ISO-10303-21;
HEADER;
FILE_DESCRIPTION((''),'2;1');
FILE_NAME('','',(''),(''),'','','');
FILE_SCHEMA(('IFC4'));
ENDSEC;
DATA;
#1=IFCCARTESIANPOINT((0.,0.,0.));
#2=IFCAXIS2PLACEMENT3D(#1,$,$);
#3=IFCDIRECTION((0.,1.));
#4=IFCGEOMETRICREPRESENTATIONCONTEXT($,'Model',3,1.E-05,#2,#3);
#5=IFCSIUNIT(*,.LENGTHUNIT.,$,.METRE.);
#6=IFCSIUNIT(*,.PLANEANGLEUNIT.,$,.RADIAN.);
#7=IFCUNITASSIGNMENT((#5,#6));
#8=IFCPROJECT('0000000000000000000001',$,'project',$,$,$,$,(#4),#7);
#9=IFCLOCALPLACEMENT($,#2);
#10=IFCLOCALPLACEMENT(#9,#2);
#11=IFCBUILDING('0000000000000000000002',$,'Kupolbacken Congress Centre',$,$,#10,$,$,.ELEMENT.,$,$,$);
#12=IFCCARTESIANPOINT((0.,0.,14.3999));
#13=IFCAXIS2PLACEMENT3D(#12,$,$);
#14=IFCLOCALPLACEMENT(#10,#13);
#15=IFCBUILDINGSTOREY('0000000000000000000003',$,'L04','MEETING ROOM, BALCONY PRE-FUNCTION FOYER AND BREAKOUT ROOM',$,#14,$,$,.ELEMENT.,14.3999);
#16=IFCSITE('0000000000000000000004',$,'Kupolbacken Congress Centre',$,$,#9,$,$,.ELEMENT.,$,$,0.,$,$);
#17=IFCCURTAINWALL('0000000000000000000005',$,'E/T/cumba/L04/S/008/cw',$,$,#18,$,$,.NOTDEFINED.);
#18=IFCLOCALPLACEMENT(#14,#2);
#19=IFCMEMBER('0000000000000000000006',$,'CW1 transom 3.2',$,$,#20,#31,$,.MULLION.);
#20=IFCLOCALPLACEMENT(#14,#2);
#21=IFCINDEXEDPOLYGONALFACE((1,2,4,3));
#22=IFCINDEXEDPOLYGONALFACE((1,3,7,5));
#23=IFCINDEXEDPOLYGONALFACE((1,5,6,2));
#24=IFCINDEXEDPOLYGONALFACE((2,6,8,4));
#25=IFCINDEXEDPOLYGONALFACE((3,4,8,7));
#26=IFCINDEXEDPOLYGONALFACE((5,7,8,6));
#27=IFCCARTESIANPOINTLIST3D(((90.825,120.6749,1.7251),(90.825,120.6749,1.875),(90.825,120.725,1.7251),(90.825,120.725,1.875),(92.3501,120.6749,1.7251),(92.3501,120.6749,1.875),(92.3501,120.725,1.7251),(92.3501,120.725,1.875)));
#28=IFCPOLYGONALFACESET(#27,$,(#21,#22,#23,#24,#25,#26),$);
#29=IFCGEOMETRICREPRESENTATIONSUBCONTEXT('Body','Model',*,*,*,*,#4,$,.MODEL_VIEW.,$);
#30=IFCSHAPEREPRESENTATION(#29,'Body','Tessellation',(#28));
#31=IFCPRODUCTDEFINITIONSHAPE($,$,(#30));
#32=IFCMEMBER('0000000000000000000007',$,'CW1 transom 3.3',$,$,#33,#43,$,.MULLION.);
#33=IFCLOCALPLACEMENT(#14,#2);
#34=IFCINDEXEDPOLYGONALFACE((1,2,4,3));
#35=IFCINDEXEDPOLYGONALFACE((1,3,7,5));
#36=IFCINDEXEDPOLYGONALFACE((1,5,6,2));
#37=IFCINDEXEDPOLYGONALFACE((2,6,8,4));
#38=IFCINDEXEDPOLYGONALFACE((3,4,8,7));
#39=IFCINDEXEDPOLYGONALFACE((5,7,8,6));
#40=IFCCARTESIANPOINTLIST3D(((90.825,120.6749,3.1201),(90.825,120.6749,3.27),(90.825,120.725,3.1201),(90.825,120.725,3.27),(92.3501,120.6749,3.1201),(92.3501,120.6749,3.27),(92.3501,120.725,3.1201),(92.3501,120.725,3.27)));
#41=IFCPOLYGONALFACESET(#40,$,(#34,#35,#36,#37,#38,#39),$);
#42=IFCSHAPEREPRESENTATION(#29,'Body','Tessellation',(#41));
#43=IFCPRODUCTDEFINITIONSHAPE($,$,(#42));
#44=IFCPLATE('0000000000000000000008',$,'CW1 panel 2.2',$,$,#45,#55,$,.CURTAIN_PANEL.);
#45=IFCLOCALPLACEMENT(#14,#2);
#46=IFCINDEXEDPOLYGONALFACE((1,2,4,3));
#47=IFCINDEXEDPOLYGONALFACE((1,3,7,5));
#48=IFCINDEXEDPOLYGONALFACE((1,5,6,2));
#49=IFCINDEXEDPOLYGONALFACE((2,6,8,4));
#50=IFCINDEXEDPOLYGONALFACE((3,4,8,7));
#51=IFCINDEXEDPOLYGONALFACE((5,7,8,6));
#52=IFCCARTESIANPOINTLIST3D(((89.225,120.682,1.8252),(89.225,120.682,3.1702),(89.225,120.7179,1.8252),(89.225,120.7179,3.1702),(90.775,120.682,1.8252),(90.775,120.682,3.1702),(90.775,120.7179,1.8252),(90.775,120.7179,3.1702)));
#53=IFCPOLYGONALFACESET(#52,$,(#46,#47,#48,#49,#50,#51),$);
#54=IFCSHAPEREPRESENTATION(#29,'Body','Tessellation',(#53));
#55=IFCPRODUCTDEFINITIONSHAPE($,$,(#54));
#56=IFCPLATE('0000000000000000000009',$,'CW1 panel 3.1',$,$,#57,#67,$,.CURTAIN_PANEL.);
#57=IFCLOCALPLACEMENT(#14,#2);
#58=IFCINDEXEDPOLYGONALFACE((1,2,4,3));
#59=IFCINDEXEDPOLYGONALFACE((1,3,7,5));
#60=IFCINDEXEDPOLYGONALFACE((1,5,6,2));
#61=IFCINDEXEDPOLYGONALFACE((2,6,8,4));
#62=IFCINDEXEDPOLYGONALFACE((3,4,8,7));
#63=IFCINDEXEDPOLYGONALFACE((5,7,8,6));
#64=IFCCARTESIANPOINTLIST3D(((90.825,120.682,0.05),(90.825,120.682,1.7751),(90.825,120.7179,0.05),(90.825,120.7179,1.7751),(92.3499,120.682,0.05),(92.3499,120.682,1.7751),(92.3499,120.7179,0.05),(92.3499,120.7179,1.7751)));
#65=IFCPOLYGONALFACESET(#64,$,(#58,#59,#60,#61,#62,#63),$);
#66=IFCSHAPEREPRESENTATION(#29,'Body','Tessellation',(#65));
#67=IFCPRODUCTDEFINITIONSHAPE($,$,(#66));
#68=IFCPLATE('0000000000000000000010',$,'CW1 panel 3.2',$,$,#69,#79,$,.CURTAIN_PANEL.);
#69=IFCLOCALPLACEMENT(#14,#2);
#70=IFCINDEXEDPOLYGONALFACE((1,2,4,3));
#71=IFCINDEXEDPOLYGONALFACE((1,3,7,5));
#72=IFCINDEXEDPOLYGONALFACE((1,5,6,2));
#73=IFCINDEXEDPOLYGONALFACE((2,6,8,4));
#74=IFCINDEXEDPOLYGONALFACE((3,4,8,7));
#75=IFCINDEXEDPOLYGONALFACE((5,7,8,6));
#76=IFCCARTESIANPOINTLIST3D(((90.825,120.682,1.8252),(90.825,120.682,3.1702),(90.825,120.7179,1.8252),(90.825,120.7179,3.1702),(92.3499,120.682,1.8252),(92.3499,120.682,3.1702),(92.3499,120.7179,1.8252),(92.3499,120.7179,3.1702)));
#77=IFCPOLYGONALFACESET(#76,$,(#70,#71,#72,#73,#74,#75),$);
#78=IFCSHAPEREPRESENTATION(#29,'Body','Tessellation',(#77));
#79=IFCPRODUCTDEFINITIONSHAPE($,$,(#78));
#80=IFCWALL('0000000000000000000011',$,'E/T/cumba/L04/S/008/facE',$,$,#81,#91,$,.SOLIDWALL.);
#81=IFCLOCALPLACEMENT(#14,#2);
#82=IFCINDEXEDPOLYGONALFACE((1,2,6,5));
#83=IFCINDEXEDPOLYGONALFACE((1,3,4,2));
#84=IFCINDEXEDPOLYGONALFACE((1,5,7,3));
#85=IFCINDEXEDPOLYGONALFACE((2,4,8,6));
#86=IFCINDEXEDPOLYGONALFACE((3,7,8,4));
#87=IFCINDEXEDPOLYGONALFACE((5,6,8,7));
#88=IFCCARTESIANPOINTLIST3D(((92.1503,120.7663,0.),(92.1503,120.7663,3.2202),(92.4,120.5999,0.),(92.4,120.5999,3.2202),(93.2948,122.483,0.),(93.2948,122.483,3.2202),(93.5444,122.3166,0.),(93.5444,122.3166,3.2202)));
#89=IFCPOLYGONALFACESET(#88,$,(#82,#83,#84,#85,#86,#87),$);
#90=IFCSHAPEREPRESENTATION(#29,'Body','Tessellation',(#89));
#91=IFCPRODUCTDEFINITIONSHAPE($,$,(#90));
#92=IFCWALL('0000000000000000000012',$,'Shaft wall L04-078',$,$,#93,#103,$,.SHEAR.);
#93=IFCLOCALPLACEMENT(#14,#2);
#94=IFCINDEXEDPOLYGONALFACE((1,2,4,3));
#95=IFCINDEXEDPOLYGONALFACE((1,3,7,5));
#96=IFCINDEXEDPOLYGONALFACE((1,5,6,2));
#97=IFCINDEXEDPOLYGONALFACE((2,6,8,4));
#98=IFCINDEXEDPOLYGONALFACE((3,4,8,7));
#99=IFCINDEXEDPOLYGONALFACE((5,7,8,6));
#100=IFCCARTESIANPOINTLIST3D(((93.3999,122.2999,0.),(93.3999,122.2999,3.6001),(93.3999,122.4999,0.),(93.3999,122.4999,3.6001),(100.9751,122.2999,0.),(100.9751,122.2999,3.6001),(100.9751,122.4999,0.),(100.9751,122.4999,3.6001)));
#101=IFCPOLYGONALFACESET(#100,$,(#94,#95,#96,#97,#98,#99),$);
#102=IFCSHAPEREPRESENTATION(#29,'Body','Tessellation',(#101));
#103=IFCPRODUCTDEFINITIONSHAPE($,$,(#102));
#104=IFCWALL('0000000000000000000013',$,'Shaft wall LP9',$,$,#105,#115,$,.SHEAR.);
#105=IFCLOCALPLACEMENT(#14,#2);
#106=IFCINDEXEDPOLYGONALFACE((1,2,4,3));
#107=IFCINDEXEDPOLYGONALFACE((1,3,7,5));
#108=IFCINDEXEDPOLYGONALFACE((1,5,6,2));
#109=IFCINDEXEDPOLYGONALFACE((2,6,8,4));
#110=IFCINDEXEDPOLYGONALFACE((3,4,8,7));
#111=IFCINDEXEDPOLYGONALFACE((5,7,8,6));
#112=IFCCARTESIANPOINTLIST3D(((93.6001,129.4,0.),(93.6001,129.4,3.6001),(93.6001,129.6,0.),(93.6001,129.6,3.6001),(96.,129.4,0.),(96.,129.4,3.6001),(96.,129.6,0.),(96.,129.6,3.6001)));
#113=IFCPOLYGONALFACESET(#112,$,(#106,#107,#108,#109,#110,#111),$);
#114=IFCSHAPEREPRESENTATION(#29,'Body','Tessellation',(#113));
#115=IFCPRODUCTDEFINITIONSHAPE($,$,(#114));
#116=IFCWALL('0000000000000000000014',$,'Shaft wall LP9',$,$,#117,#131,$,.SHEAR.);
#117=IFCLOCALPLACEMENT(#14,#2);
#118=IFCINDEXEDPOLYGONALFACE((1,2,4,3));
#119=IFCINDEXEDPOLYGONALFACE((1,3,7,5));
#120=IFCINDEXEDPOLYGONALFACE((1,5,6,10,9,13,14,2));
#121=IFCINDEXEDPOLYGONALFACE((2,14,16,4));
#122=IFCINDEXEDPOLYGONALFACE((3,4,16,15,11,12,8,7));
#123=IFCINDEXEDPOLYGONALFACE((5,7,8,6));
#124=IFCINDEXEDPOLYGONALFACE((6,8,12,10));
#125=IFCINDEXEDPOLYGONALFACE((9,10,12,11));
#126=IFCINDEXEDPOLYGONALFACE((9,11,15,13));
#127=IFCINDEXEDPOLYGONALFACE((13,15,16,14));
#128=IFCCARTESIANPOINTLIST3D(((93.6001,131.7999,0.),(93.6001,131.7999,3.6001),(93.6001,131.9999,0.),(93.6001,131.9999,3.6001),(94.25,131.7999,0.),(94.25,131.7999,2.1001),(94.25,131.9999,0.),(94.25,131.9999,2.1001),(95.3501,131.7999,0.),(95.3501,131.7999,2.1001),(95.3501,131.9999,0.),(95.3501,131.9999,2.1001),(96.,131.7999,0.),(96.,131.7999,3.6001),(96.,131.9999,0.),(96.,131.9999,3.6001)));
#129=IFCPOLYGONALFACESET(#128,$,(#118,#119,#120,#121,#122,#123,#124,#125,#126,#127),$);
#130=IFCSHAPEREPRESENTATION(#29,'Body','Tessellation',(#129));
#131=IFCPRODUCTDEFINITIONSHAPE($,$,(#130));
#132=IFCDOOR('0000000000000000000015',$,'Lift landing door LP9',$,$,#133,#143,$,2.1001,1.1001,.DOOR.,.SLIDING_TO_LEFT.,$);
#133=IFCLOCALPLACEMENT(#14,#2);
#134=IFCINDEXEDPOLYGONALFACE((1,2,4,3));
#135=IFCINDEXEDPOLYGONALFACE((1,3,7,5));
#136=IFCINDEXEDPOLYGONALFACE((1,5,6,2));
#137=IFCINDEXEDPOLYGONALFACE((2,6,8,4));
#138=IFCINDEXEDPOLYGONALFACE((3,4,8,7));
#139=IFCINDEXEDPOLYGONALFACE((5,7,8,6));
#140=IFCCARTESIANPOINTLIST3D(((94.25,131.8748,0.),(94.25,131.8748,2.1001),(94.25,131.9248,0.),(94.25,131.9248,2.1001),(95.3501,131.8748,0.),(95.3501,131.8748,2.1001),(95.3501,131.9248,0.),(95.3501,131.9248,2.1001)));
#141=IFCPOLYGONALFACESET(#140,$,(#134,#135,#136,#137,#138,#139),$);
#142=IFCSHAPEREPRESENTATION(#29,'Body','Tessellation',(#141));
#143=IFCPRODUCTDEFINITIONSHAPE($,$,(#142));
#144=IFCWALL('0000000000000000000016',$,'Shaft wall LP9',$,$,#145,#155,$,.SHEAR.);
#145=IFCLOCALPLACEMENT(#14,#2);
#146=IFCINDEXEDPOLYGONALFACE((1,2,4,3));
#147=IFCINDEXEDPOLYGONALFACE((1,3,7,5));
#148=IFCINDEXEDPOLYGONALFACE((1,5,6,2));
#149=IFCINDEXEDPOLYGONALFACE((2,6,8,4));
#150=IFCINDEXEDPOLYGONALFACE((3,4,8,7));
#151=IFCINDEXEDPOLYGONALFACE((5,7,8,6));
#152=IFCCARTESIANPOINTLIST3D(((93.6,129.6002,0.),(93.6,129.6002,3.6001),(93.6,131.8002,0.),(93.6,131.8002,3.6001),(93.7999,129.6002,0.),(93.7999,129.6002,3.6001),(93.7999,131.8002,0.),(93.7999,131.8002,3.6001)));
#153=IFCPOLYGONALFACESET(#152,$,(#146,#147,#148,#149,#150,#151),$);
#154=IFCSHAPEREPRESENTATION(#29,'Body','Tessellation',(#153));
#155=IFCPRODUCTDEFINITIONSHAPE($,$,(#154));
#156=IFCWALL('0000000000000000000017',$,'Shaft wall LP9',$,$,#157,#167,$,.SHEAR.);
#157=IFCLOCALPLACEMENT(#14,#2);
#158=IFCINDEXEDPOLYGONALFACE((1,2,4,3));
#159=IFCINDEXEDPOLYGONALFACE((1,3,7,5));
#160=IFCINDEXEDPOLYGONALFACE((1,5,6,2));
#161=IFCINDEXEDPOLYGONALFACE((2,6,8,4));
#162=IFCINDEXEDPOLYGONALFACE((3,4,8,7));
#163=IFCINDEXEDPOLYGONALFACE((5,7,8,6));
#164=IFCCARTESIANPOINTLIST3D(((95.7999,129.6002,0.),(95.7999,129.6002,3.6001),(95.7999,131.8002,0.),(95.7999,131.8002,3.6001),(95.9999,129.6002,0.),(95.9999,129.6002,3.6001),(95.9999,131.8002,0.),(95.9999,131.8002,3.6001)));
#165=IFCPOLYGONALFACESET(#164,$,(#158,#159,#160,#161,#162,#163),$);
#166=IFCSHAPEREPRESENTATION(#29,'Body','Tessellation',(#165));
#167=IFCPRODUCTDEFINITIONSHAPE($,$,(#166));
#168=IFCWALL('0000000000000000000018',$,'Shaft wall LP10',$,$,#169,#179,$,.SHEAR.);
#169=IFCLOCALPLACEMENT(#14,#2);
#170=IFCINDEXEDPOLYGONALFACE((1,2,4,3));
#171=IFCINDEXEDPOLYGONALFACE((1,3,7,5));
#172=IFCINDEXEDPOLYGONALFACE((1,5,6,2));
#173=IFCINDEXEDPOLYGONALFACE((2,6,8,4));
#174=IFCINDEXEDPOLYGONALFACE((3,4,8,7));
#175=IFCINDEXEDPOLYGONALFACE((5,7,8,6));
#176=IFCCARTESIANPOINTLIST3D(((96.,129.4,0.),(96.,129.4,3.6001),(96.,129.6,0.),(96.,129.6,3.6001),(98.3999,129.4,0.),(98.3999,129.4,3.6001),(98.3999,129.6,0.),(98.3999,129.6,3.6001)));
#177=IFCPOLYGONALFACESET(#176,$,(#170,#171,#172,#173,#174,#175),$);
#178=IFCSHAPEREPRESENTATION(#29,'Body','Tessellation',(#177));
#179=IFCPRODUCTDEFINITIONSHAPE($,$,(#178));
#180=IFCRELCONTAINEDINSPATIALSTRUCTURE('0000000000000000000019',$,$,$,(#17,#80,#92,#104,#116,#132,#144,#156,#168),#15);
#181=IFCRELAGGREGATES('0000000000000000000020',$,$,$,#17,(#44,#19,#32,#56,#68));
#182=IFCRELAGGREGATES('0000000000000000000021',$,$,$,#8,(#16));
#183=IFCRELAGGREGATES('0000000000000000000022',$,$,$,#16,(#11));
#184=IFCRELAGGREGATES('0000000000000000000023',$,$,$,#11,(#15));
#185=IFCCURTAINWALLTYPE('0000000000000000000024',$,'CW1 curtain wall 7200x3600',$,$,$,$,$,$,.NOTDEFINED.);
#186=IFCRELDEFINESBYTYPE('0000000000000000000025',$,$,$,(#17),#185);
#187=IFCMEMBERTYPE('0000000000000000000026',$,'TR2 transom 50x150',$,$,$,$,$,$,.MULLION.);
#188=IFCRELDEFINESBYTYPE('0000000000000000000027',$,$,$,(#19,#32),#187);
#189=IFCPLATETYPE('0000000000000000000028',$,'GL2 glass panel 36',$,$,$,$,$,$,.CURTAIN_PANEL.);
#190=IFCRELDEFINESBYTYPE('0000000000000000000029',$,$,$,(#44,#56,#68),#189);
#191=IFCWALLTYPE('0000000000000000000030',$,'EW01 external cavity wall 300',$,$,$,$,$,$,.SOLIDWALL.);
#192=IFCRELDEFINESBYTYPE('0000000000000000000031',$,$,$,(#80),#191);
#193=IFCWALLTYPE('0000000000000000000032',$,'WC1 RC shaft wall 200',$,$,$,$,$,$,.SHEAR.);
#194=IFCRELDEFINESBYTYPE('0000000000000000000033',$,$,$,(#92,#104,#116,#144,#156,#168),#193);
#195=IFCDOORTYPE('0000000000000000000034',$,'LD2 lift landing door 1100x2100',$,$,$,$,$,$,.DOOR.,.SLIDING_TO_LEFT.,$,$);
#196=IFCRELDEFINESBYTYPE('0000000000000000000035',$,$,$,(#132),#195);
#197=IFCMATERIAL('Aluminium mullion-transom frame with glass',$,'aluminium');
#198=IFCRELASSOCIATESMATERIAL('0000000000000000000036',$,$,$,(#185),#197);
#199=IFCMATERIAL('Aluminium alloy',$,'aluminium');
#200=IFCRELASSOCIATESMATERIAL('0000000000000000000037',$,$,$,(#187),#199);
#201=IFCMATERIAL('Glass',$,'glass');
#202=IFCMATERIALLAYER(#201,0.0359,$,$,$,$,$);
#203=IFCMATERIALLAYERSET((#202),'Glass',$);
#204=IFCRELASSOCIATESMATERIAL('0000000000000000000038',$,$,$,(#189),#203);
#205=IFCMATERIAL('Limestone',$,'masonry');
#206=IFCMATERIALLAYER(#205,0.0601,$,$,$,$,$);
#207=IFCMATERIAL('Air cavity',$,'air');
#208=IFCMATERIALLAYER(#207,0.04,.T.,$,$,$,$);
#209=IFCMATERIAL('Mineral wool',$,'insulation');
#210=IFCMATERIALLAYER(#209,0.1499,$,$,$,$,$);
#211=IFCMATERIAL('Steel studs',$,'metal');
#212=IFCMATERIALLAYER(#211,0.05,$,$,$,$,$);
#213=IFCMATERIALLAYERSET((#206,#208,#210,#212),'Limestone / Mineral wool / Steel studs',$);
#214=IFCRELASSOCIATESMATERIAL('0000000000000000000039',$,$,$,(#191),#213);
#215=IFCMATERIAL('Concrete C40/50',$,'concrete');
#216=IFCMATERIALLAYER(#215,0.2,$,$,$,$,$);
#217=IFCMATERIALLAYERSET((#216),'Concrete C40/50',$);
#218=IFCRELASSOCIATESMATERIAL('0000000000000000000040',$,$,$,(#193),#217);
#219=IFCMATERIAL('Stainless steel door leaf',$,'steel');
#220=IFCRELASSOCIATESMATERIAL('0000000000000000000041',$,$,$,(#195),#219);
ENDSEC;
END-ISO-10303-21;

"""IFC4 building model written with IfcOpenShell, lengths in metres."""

from ifc_helpers import new_model, si_unit, direction, frame, frame_2d, origin, origin_2d, place, context, subcontext, project, spatial, rectangle, extrude, material, layer, layer_set, material_profile, profile_set, type_object, element, fill, aggregate, save


model = new_model("IFC4")

# Units and contexts
model_context = context("Model", 3, precision=1e-05, world=origin(), true_north=direction((0.0, 1.0)))
body_context = subcontext(model_context, "Body", "Model", "MODEL_VIEW")
ifc_project = project(units=[si_unit("LENGTHUNIT", "METRE"), si_unit("PLANEANGLEUNIT", "RADIAN")], contexts=[model_context])

# Site, building, storey
site_placement = place(None, origin())
site = spatial("IfcSite", under=ifc_project, at=site_placement, Name="Kupolbacken Congress Centre", CompositionType="ELEMENT", RefElevation=0.0)
building_placement = place(site_placement, origin())
building = spatial("IfcBuilding", under=site, at=building_placement, Name="Kupolbacken Congress Centre", CompositionType="ELEMENT")
storey_placement = place(building_placement, frame((0.0, 0.0, 14.3999)))
storey = spatial("IfcBuildingStorey", under=building, at=storey_placement, Name="L04", Description="MEETING ROOM, BALCONY PRE-FUNCTION FOYER AND BREAKOUT ROOM", CompositionType="ELEMENT", Elevation=14.3999)

# Curtain wall, members, plates
ifc_material_1 = material(Name="Aluminium mullion-transom frame with glass", Category="aluminium")
curtain_wall_type = type_object("IfcCurtainWallType", Name="CW1 curtain wall 7200x3600", PredefinedType="NOTDEFINED", material=ifc_material_1)
curtain_wall_placement = place(storey_placement, origin())
curtain_wall = element("IfcCurtainWall", 1, at=curtain_wall_placement, inside=storey, type_object=curtain_wall_type, Name="E/T/cumba/L04/S/008/cw", PredefinedType="NOTDEFINED")
ifc_material_2 = material(Name="Aluminium alloy", Category="aluminium")
ifc_material_profile_1 = material_profile(ifc_material_2, rectangle(XDim=0.05, YDim=0.1499, at=origin_2d()), Name="50 x 150")
ifc_profile_set_1 = profile_set([ifc_material_profile_1], Name="Aluminium alloy")
member_type_1 = type_object("IfcMemberType", Name="TR2 transom 50x150", PredefinedType="MULLION", material=ifc_profile_set_1)
member_1_placement = place(storey_placement, frame((90.825, 120.7, 1.8), z_axis=(1.0, 0.0, 0.0), x_axis=(0.0, 1.0, 0.0)))
member_1 = element("IfcMember", 2, at=member_1_placement, type_object=member_type_1, Name="CW1 transom 3.2", PredefinedType="MULLION", context=body_context, shape_type="SweptSolid", body=[
    extrude(rectangle(XDim=0.05, YDim=0.1499, at=origin_2d()), origin(), (0.0, 0.0, 1.0), 1.5251),
])
member_2_placement = place(storey_placement, frame((90.825, 120.7, 3.1951), z_axis=(1.0, 0.0, 0.0), x_axis=(0.0, 1.0, 0.0)))
member_2 = element("IfcMember", 3, at=member_2_placement, type_object=member_type_1, Name="CW1 transom 3.3", PredefinedType="MULLION", context=body_context, shape_type="SweptSolid", body=[
    extrude(rectangle(XDim=0.05, YDim=0.1499, at=origin_2d()), origin(), (0.0, 0.0, 1.0), 1.5251),
])
ifc_material_3 = material(Name="Glass", Category="glass")
ifc_layer_1 = layer(ifc_material_3, 0.0359)
ifc_layer_set_1 = layer_set([ifc_layer_1], Name="Glass")
plate_type = type_object("IfcPlateType", Name="GL2 glass panel 36", PredefinedType="CURTAIN_PANEL", material=ifc_layer_set_1)
plate_1_placement = place(storey_placement, frame((90.0, 120.7, 1.8252), z_axis=(0.0, 0.0, 1.0), x_axis=(1.0, 0.0, 0.0)))
plate_1 = element("IfcPlate", 4, at=plate_1_placement, type_object=plate_type, Name="CW1 panel 2.2", PredefinedType="CURTAIN_PANEL", context=body_context, shape_type="SweptSolid", body=[
    extrude(rectangle(XDim=1.55, YDim=0.0359, at=origin_2d()), origin(), (0.0, 0.0, 1.0), 1.345),
])
plate_2_placement = place(storey_placement, frame((91.5874, 120.7, 0.05), z_axis=(0.0, 0.0, 1.0), x_axis=(1.0, 0.0, 0.0)))
plate_2 = element("IfcPlate", 5, at=plate_2_placement, type_object=plate_type, Name="CW1 panel 3.1", PredefinedType="CURTAIN_PANEL", context=body_context, shape_type="SweptSolid", body=[
    extrude(rectangle(XDim=1.5249, YDim=0.0359, at=origin_2d()), origin(), (0.0, 0.0, 1.0), 1.7251),
])
plate_3_placement = place(storey_placement, frame((91.5874, 120.7, 1.8252), z_axis=(0.0, 0.0, 1.0), x_axis=(1.0, 0.0, 0.0)))
plate_3 = element("IfcPlate", 6, at=plate_3_placement, type_object=plate_type, Name="CW1 panel 3.2", PredefinedType="CURTAIN_PANEL", context=body_context, shape_type="SweptSolid", body=[
    extrude(rectangle(XDim=1.5249, YDim=0.0359, at=origin_2d()), origin(), (0.0, 0.0, 1.0), 1.345),
])
aggregate(curtain_wall, [plate_1, member_1, member_2, plate_2, plate_3])

# Walls
ifc_material_4 = material(Name="Limestone", Category="masonry")
ifc_layer_2 = layer(ifc_material_4, 0.0601)
ifc_material_5 = material(Name="Air cavity", Category="air")
ifc_layer_3 = layer(ifc_material_5, 0.04, ventilated=True)
ifc_material_6 = material(Name="Mineral wool", Category="insulation")
ifc_layer_4 = layer(ifc_material_6, 0.1499)
ifc_material_7 = material(Name="Steel studs", Category="metal")
ifc_layer_5 = layer(ifc_material_7, 0.05)
ifc_layer_set_2 = layer_set([ifc_layer_2, ifc_layer_3, ifc_layer_4, ifc_layer_5], Name="Limestone / Mineral wool / Steel studs")
wall_type_1 = type_object("IfcWallType", Name="EW01 external cavity wall 300", PredefinedType="SOLIDWALL", material=ifc_layer_set_2)
wall_1_placement = place(storey_placement, frame((93.4197, 122.3999, 0.0), z_axis=(0.0, 0.0, 1.0), x_axis=(-0.5547, -0.83205, 0.0)))
element("IfcWall", 7, at=wall_1_placement, inside=storey, type_object=wall_type_1, Name="E/T/cumba/L04/S/008/facE", PredefinedType="SOLIDWALL", context=body_context, shape_type="SweptSolid", body=[
    extrude(rectangle(XDim=2.0632, YDim=0.3, at=frame_2d((1.0317, 0.0))), origin(), (0.0, 0.0, 1.0), 3.2202),
])
ifc_material_8 = material(Name="Concrete C40/50", Category="concrete")
ifc_layer_6 = layer(ifc_material_8, 0.2)
ifc_layer_set_3 = layer_set([ifc_layer_6], Name="Concrete C40/50")
wall_type_2 = type_object("IfcWallType", Name="WC1 RC shaft wall 200", PredefinedType="SHEAR", material=ifc_layer_set_3)
wall_2_placement = place(storey_placement, frame((93.3999, 122.3999, 0.0), z_axis=(0.0, 0.0, 1.0), x_axis=(1.0, 0.0, 0.0)))
element("IfcWall", 8, at=wall_2_placement, inside=storey, type_object=wall_type_2, Name="Shaft wall L04-078", PredefinedType="SHEAR", context=body_context, shape_type="SweptSolid", body=[
    extrude(rectangle(XDim=7.5752, YDim=0.2, at=frame_2d((3.7876, 0.0))), origin(), (0.0, 0.0, 1.0), 3.6001),
])
wall_3_placement = place(storey_placement, frame((93.6001, 129.5, 0.0), z_axis=(0.0, 0.0, 1.0), x_axis=(1.0, 0.0, 0.0)))
element("IfcWall", 9, at=wall_3_placement, inside=storey, type_object=wall_type_2, Name="Shaft wall LP9", PredefinedType="SHEAR", context=body_context, shape_type="SweptSolid", body=[
    extrude(rectangle(XDim=2.3999, YDim=0.2, at=frame_2d((1.2, 0.0))), origin(), (0.0, 0.0, 1.0), 3.6001),
])

# Wall, opening, door
wall_4_placement = place(storey_placement, frame((93.6001, 131.8999, 0.0), z_axis=(0.0, 0.0, 1.0), x_axis=(1.0, 0.0, 0.0)))
wall_4 = element("IfcWall", 10, at=wall_4_placement, inside=storey, type_object=wall_type_2, Name="Shaft wall LP9", PredefinedType="SHEAR", context=body_context, shape_type="SweptSolid", body=[
    extrude(rectangle(XDim=2.3999, YDim=0.2, at=frame_2d((1.2, 0.0))), origin(), (0.0, 0.0, 1.0), 3.6001),
])
opening_placement = place(wall_4_placement, frame((0.6499, 0.0, 0.0)))
opening = element("IfcOpeningElement", 11, at=opening_placement, cuts=wall_4, PredefinedType="OPENING", context=body_context, shape_type="SweptSolid", body=[
    extrude(rectangle(XDim=1.1001, YDim=2.1001, at=frame_2d((0.55, 1.05))), frame((0.0, 0.1099, 0.0), z_axis=(0.0, -1.0, 0.0), x_axis=(1.0, 0.0, 0.0)), (0.0, 0.0, 1.0), 0.22),
])
ifc_material_9 = material(Name="Stainless steel door leaf", Category="steel")
door_type = type_object("IfcDoorType", Name="LD2 lift landing door 1100x2100", OperationType="SLIDING_TO_LEFT", PredefinedType="DOOR", material=ifc_material_9)
door_placement = place(opening_placement, origin())
door = element("IfcDoor", 12, at=door_placement, inside=storey, type_object=door_type, Name="Lift landing door LP9", OperationType="SLIDING_TO_LEFT", OverallHeight=2.1001, OverallWidth=1.1001, PredefinedType="DOOR", context=body_context, shape_type="SweptSolid", body=[
    extrude(rectangle(XDim=1.1001, YDim=2.1001, at=frame_2d((0.55, 1.05))), frame((0.0, 0.0249, 0.0), z_axis=(0.0, -1.0, 0.0), x_axis=(1.0, 0.0, 0.0)), (0.0, 0.0, 1.0), 0.05),
])
fill(opening, door)

# Walls
for number, where, z_axis, x_axis, name in (
    (13, (93.7, 129.6001, 0.0), (0.0, 0.0, 1.0), (0.0, 1.0, 0.0), "Shaft wall LP9"),
    (14, (95.8999, 129.6001, 0.0), (0.0, 0.0, 1.0), (0.0, 1.0, 0.0), "Shaft wall LP9"),
):
    element("IfcWall", number, at=place(storey_placement, frame(where, z_axis=z_axis, x_axis=x_axis)), inside=storey, type_object=wall_type_2, Name=name, PredefinedType="SHEAR", context=body_context, shape_type="SweptSolid", body=[
        extrude(rectangle(XDim=2.2, YDim=0.2, at=frame_2d((1.1001, 0.0))), origin(), (0.0, 0.0, 1.0), 3.6001),
    ])
wall_5_placement = place(storey_placement, frame((96.0, 129.5, 0.0), z_axis=(0.0, 0.0, 1.0), x_axis=(1.0, 0.0, 0.0)))
element("IfcWall", 15, at=wall_5_placement, inside=storey, type_object=wall_type_2, Name="Shaft wall LP10", PredefinedType="SHEAR", context=body_context, shape_type="SweptSolid", body=[
    extrude(rectangle(XDim=2.3999, YDim=0.2, at=frame_2d((1.2, 0.0))), origin(), (0.0, 0.0, 1.0), 3.6001),
])

save(model, "model.ifc")
